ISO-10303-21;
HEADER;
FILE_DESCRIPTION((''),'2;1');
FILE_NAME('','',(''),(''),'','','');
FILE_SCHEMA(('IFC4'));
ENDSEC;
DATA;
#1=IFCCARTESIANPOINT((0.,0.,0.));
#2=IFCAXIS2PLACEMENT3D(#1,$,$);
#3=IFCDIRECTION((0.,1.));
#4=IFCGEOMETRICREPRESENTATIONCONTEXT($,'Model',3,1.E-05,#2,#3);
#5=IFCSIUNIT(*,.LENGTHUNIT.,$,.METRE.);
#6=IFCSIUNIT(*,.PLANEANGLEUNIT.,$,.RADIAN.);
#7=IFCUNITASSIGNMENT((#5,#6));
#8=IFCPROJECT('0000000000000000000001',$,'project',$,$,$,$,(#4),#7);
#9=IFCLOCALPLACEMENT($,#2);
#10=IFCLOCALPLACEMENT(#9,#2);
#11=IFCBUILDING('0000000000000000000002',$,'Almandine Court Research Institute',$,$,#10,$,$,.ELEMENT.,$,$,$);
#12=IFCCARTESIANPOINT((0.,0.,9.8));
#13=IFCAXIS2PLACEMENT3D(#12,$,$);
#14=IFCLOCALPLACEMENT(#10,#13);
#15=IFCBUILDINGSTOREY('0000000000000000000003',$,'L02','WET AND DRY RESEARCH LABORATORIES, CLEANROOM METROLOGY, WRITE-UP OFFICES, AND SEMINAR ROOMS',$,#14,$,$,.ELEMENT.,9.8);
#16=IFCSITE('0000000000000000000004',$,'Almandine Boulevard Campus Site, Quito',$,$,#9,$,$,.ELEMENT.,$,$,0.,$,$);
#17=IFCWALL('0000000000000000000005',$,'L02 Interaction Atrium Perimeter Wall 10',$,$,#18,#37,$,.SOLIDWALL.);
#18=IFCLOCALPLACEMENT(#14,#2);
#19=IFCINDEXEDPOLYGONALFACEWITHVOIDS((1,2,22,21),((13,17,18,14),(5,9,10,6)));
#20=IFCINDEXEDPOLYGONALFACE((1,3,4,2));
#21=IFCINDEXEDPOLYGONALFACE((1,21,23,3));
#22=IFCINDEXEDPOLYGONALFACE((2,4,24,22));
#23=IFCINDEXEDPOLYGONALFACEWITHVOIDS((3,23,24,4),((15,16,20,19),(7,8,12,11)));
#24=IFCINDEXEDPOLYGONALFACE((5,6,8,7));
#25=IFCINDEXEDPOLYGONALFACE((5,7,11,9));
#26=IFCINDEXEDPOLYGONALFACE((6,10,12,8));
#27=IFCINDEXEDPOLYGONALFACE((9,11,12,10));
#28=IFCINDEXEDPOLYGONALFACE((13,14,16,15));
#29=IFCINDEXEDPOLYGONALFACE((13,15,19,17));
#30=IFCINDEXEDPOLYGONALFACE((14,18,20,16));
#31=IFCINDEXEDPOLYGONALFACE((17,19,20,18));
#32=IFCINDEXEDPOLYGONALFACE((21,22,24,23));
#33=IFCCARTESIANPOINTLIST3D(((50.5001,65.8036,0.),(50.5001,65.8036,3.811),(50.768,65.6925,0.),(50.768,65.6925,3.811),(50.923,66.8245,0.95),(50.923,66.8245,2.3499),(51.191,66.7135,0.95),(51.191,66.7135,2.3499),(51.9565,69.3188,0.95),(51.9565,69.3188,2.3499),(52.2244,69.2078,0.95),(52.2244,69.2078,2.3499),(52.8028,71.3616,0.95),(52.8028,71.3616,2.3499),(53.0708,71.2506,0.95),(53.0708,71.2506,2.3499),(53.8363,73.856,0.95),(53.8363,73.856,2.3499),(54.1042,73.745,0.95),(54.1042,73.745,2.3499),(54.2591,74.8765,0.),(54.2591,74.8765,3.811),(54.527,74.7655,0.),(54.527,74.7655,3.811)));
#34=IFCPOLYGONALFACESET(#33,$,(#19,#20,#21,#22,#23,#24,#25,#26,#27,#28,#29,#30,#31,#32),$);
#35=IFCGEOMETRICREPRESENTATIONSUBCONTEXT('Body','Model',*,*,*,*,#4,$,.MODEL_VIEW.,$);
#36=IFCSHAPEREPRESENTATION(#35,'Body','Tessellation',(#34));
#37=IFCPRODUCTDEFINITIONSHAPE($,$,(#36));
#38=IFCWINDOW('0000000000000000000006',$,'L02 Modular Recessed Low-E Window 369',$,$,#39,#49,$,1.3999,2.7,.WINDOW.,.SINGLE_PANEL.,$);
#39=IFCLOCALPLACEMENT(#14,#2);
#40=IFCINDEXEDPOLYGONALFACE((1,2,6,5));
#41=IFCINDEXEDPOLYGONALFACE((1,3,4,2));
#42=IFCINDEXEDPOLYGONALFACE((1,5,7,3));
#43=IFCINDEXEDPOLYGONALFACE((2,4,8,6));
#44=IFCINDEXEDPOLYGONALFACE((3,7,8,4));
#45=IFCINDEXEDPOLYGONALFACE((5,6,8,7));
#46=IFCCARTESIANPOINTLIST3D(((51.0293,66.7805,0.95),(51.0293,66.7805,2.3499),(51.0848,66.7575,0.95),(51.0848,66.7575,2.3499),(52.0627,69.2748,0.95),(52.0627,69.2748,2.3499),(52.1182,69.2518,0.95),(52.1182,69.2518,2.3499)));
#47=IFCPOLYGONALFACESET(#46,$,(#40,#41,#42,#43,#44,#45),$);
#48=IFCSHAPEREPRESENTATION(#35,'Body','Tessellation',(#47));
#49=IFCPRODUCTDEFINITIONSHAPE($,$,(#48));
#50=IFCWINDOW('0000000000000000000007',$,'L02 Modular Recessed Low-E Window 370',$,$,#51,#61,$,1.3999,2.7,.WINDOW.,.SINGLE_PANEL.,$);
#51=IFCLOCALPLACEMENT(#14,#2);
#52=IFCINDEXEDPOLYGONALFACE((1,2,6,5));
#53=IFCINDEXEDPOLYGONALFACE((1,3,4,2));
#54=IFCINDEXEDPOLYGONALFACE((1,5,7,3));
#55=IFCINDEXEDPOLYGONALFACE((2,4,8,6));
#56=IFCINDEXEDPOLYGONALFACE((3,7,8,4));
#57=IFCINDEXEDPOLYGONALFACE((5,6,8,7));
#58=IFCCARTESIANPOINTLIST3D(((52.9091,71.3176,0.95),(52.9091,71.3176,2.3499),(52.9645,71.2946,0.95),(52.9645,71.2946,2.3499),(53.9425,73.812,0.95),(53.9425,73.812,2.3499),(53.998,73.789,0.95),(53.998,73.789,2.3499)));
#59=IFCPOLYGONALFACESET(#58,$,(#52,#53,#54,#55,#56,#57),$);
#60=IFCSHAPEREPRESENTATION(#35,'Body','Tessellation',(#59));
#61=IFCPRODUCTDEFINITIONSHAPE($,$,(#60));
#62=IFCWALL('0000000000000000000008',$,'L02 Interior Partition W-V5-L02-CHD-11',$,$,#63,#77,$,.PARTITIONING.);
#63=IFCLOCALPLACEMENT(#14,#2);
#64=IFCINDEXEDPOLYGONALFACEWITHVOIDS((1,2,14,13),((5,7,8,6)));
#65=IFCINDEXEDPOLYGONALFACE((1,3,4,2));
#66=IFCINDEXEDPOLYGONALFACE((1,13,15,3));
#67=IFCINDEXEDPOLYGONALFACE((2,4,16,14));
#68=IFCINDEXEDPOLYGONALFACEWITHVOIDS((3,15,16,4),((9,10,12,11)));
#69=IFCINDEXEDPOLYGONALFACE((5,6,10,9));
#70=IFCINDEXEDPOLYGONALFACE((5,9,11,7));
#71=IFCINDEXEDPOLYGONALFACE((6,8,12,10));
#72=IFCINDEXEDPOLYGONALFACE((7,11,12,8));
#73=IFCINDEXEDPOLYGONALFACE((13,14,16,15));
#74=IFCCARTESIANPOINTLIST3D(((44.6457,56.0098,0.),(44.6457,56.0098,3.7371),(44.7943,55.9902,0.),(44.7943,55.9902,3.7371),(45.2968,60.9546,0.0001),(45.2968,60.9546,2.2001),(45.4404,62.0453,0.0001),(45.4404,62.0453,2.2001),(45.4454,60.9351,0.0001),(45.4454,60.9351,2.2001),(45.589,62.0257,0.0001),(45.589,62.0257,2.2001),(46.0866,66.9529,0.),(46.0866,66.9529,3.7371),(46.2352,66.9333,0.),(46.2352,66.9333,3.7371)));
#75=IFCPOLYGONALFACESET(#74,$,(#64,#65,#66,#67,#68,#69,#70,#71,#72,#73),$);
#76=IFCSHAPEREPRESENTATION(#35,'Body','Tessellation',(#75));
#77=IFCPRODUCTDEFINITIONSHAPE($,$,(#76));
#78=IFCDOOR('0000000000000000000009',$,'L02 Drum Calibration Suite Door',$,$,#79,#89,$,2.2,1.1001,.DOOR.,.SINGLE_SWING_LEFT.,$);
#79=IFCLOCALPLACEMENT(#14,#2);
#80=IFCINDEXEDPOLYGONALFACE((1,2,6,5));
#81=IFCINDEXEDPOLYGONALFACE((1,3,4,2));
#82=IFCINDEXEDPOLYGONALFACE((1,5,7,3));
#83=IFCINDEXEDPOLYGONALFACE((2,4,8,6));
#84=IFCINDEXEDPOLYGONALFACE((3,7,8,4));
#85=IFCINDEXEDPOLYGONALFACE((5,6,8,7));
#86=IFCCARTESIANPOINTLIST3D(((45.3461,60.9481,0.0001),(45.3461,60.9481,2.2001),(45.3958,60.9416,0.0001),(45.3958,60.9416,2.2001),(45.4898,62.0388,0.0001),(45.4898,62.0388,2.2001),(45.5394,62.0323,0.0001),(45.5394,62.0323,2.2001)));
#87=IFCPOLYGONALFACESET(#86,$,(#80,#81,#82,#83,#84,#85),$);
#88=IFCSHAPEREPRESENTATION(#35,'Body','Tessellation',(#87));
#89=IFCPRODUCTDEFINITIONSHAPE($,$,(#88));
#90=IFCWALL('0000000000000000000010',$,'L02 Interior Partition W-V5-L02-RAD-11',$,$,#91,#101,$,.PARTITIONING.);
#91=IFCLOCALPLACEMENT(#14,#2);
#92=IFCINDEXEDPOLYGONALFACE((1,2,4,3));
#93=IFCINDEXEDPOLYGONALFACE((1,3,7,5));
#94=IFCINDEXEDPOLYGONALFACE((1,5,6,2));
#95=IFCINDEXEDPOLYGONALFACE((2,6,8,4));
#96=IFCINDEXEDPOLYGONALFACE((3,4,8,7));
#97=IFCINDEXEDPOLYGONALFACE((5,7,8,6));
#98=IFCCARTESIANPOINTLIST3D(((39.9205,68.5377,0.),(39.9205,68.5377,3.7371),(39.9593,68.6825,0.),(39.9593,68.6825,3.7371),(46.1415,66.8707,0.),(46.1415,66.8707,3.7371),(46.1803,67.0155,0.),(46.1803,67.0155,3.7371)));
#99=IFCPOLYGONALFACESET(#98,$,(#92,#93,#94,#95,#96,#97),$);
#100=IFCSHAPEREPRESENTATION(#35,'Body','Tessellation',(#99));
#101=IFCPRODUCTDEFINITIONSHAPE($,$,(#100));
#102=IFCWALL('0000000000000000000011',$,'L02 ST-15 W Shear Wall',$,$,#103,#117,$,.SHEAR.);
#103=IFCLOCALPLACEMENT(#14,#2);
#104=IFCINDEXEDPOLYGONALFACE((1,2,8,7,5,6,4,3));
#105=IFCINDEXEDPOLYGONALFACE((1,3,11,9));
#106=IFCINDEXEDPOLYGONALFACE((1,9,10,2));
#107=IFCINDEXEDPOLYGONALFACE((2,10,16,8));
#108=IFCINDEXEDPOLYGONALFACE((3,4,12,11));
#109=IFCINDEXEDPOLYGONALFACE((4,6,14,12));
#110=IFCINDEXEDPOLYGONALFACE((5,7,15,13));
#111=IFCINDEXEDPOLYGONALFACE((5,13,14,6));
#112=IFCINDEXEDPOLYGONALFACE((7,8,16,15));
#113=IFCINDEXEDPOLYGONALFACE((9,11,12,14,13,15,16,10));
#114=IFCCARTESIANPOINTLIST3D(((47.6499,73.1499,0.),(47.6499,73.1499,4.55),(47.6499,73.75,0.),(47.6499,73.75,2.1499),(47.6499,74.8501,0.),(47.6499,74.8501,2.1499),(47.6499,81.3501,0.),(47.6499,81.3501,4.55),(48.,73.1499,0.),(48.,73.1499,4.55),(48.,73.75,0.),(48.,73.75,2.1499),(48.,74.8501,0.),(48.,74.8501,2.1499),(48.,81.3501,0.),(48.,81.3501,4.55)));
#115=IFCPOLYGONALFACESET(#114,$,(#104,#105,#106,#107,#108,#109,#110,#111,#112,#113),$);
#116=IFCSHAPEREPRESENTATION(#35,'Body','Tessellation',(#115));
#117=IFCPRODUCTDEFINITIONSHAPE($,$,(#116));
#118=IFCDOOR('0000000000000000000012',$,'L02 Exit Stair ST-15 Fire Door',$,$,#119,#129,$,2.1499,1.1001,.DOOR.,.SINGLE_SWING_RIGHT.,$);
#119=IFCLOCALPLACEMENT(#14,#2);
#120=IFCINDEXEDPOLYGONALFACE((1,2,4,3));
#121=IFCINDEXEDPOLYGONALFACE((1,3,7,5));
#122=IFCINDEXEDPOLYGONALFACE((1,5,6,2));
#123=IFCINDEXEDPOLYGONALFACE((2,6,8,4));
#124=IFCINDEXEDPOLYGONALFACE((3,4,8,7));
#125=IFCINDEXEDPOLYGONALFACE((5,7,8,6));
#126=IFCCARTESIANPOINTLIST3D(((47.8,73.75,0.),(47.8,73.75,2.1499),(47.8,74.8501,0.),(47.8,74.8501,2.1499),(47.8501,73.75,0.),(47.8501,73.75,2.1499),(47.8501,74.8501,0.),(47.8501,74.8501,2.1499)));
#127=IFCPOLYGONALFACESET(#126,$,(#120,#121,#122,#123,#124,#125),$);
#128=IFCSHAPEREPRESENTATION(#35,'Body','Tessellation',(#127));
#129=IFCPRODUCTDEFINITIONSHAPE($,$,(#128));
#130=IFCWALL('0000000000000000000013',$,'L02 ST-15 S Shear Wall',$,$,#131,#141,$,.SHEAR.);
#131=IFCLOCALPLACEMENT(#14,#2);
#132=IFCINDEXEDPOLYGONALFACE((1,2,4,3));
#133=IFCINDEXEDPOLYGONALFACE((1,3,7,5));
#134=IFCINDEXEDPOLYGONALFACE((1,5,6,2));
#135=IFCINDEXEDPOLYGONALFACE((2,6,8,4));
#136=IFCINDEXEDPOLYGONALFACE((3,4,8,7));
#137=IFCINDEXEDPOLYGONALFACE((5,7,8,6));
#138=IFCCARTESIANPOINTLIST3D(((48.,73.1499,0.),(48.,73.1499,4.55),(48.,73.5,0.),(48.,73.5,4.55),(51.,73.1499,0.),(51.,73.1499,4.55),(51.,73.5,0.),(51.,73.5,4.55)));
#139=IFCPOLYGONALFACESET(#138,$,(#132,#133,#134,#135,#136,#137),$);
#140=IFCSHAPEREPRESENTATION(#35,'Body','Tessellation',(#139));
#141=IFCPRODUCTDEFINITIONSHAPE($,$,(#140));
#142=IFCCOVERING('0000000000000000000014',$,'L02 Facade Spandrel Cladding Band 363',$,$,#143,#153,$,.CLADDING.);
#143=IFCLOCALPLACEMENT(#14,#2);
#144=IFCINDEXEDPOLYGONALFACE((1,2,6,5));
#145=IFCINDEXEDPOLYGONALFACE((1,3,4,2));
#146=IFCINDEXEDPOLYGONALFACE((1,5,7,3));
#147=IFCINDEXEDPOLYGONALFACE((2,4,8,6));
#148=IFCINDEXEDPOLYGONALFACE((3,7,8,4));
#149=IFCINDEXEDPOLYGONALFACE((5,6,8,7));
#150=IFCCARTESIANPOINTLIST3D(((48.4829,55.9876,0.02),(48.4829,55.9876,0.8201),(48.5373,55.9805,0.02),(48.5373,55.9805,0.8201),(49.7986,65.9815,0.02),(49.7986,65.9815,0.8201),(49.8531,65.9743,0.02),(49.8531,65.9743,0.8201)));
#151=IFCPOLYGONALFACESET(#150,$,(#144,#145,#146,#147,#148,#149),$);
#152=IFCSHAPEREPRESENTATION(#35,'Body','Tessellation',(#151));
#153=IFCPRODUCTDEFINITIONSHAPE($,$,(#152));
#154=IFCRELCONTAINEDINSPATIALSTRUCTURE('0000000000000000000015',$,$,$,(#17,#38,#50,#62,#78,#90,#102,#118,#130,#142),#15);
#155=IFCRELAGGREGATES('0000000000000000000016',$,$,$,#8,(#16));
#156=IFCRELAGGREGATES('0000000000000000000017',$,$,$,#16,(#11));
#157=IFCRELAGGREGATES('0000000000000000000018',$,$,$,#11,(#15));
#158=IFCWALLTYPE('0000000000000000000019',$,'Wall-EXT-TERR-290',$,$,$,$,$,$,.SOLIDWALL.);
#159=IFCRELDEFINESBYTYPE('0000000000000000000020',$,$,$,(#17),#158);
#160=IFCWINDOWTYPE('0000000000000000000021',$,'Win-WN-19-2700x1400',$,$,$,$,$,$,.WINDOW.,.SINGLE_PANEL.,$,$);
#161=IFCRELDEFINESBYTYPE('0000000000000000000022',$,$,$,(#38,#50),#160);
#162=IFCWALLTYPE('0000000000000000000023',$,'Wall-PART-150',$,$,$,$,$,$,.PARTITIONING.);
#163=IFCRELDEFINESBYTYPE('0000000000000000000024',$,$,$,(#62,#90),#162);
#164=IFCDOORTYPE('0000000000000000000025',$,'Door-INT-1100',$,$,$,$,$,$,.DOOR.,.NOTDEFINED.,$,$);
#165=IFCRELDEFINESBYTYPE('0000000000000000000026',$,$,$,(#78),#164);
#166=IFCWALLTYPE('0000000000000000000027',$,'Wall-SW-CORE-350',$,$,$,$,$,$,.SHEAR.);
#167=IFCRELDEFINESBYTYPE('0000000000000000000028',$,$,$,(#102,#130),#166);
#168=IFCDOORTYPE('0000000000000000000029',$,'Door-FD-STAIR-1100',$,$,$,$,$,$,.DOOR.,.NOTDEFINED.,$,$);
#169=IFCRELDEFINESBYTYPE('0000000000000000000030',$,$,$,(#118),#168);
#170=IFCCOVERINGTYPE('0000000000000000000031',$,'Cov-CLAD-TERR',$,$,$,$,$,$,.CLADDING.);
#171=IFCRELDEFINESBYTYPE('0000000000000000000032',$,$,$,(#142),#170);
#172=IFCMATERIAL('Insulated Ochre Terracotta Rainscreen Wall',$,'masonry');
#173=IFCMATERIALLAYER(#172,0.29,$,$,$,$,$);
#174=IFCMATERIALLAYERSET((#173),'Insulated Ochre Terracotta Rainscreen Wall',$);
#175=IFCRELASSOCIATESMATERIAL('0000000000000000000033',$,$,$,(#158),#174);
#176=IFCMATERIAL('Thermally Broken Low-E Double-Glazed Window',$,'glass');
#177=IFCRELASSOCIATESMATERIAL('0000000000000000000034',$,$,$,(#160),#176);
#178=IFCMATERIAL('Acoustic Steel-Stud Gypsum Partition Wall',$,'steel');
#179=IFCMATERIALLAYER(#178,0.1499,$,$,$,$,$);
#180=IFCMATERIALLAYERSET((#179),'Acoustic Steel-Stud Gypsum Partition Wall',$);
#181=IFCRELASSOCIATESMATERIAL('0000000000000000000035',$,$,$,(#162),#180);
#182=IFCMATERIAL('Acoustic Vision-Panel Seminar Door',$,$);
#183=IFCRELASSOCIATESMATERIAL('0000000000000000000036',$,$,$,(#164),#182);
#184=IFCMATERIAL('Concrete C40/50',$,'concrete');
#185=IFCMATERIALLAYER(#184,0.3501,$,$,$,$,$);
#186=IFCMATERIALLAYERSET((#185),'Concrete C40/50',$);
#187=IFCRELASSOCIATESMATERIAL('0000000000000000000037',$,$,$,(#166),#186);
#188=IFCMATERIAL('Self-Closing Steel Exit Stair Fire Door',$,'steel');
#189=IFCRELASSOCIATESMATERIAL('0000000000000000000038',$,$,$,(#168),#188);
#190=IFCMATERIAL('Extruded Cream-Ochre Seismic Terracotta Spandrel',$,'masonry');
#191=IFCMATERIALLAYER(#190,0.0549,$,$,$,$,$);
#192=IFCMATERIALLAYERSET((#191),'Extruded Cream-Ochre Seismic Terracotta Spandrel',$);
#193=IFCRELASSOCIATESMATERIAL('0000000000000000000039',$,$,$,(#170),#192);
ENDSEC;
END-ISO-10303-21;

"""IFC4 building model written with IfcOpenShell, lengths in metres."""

from ifc_helpers import new_model, si_unit, direction, frame, frame_2d, origin, origin_2d, place, context, subcontext, project, spatial, rectangle, extrude, material, layer, layer_set, type_object, element, fill, save


model = new_model("IFC4")

# Units and contexts
model_context = context("Model", 3, precision=1e-05, world=origin(), true_north=direction((0.0, 1.0)))
body_context = subcontext(model_context, "Body", "Model", "MODEL_VIEW")
ifc_project = project(units=[si_unit("LENGTHUNIT", "METRE"), si_unit("PLANEANGLEUNIT", "RADIAN")], contexts=[model_context])

# Site, building, storey
site_placement = place(None, origin())
site = spatial("IfcSite", under=ifc_project, at=site_placement, Name="Almandine Boulevard Campus Site, Quito", CompositionType="ELEMENT", RefElevation=0.0)
building_placement = place(site_placement, origin())
building = spatial("IfcBuilding", under=site, at=building_placement, Name="Almandine Court Research Institute", CompositionType="ELEMENT")
storey_placement = place(building_placement, frame((0.0, 0.0, 9.8)))
storey = spatial("IfcBuildingStorey", under=building, at=storey_placement, Name="L02", Description="WET AND DRY RESEARCH LABORATORIES, CLEANROOM METROLOGY, WRITE-UP OFFICES, AND SEMINAR ROOMS", CompositionType="ELEMENT", Elevation=9.8)

# Shared definitions
ifc_material_1 = material(Name="Insulated Ochre Terracotta Rainscreen Wall", Category="masonry")
ifc_layer_1 = layer(ifc_material_1, 0.29)
ifc_layer_set_1 = layer_set([ifc_layer_1], Name="Insulated Ochre Terracotta Rainscreen Wall")
wall_type_1 = type_object("IfcWallType", Name="Wall-EXT-TERR-290", PredefinedType="SOLIDWALL", material=ifc_layer_set_1)
ifc_material_2 = material(Name="Thermally Broken Low-E Double-Glazed Window", Category="glass")

# Wall, openings, windows
wall_1_placement = place(storey_placement, frame((50.634, 65.748, 0.0), z_axis=(0.0, 0.0, 1.0), x_axis=(0.382759, 0.923848, 0.0)))
wall_1 = element("IfcWall", 1, at=wall_1_placement, inside=storey, type_object=wall_type_1, Name="L02 Interaction Atrium Perimeter Wall 10", PredefinedType="SOLIDWALL", context=body_context, shape_type="SweptSolid", body=[
    extrude(rectangle(XDim=9.8208, YDim=0.29, at=frame_2d((4.9104, 0.0))), origin(), (0.0, 0.0, 1.0), 3.811),
])
opening_1_placement = place(wall_1_placement, frame((1.105, 0.0, 0.95)))
opening_1 = element("IfcOpeningElement", 2, at=opening_1_placement, cuts=wall_1, PredefinedType="OPENING", context=body_context, shape_type="SweptSolid", body=[
    extrude(rectangle(XDim=2.7, YDim=1.3999, at=frame_2d((1.3501, 0.7))), frame((0.0, 0.155, 0.0), z_axis=(0.0, -1.0, 0.0), x_axis=(1.0, 0.0, 0.0)), (0.0, 0.0, 1.0), 0.3101),
])
opening_2_placement = place(wall_1_placement, frame((6.0161, 0.0, 0.95)))
opening_2 = element("IfcOpeningElement", 3, at=opening_2_placement, cuts=wall_1, PredefinedType="OPENING", context=body_context, shape_type="SweptSolid", body=[
    extrude(rectangle(XDim=2.7, YDim=1.3999, at=frame_2d((1.3501, 0.7))), frame((0.0, 0.155, 0.0), z_axis=(0.0, -1.0, 0.0), x_axis=(1.0, 0.0, 0.0)), (0.0, 0.0, 1.0), 0.3101),
])
window_type_1 = type_object("IfcWindowType", Name="Win-WN-19-2700x1400", PartitioningType="SINGLE_PANEL", PredefinedType="WINDOW", material=ifc_material_2)
window_1_placement = place(opening_1_placement, origin())
window_1 = element("IfcWindow", 4, at=window_1_placement, inside=storey, type_object=window_type_1, Name="L02 Modular Recessed Low-E Window 369", OverallHeight=1.3999, OverallWidth=2.7, PartitioningType="SINGLE_PANEL", PredefinedType="WINDOW", context=body_context, shape_type="SweptSolid", body=[
    extrude(rectangle(XDim=2.7, YDim=1.3999, at=frame_2d((1.3501, 0.7))), frame((0.0, 0.03, 0.0), z_axis=(0.0, -1.0, 0.0), x_axis=(1.0, 0.0, 0.0)), (0.0, 0.0, 1.0), 0.0601),
])
fill(opening_1, window_1)
window_2_placement = place(opening_2_placement, origin())
window_2 = element("IfcWindow", 5, at=window_2_placement, inside=storey, type_object=window_type_1, Name="L02 Modular Recessed Low-E Window 370", OverallHeight=1.3999, OverallWidth=2.7, PartitioningType="SINGLE_PANEL", PredefinedType="WINDOW", context=body_context, shape_type="SweptSolid", body=[
    extrude(rectangle(XDim=2.7, YDim=1.3999, at=frame_2d((1.3501, 0.7))), frame((0.0, 0.03, 0.0), z_axis=(0.0, -1.0, 0.0), x_axis=(1.0, 0.0, 0.0)), (0.0, 0.0, 1.0), 0.0601),
])
fill(opening_2, window_2)

# Wall, opening, door
ifc_material_3 = material(Name="Acoustic Steel-Stud Gypsum Partition Wall", Category="steel")
ifc_layer_2 = layer(ifc_material_3, 0.1499)
ifc_layer_set_2 = layer_set([ifc_layer_2], Name="Acoustic Steel-Stud Gypsum Partition Wall")
wall_type_2 = type_object("IfcWallType", Name="Wall-PART-150", PredefinedType="PARTITIONING", material=ifc_layer_set_2)
wall_2_placement = place(storey_placement, frame((46.1609, 66.9431, 0.0), z_axis=(0.0, 0.0, 1.0), x_axis=(-0.130547, -0.991442, 0.0)))
wall_2 = element("IfcWall", 6, at=wall_2_placement, inside=storey, type_object=wall_type_2, Name="L02 Interior Partition W-V5-L02-CHD-11", PredefinedType="PARTITIONING", context=body_context, shape_type="SweptSolid", body=[
    extrude(rectangle(XDim=11.0376, YDim=0.1499, at=frame_2d((5.5188, 0.0))), origin(), (0.0, 0.0, 1.0), 3.7371),
])
opening_3_placement = place(wall_2_placement, frame((4.95, 0.0, 0.0)))
opening_3 = element("IfcOpeningElement", 7, at=opening_3_placement, cuts=wall_2, PredefinedType="OPENING", context=body_context, shape_type="SweptSolid", body=[
    extrude(rectangle(XDim=1.1001, YDim=2.2, at=frame_2d((0.55, 1.1001))), frame((0.0, 0.085, 0.0), z_axis=(0.0, -1.0, 0.0), x_axis=(1.0, 0.0, 0.0)), (0.0, 0.0, 1.0), 0.1699),
])
ifc_material_4 = material(Name="Acoustic Vision-Panel Seminar Door")
door_type_1 = type_object("IfcDoorType", Name="Door-INT-1100", OperationType="NOTDEFINED", PredefinedType="DOOR", material=ifc_material_4)
door_1_placement = place(opening_3_placement, origin())
door_1 = element("IfcDoor", 8, at=door_1_placement, inside=storey, type_object=door_type_1, Name="L02 Drum Calibration Suite Door", OperationType="SINGLE_SWING_LEFT", OverallHeight=2.2, OverallWidth=1.1001, PredefinedType="DOOR", context=body_context, shape_type="SweptSolid", body=[
    extrude(rectangle(XDim=1.1001, YDim=2.2, at=frame_2d((0.55, 1.1001))), frame((0.0, 0.0249, 0.0), z_axis=(0.0, -1.0, 0.0), x_axis=(1.0, 0.0, 0.0)), (0.0, 0.0, 1.0), 0.05),
])
fill(opening_3, door_1)

# Wall
wall_3_placement = place(storey_placement, frame((46.1609, 66.9431, 0.0), z_axis=(0.0, 0.0, 1.0), x_axis=(-0.965922, 0.258833, 0.0)))
element("IfcWall", 9, at=wall_3_placement, inside=storey, type_object=wall_type_2, Name="L02 Interior Partition W-V5-L02-RAD-11", PredefinedType="PARTITIONING", context=body_context, shape_type="SweptSolid", body=[
    extrude(rectangle(XDim=6.4404, YDim=0.1499, at=frame_2d((3.2202, 0.0))), origin(), (0.0, 0.0, 1.0), 3.7371),
])

# Wall, opening, door
ifc_material_5 = material(Name="Concrete C40/50", Category="concrete")
ifc_layer_3 = layer(ifc_material_5, 0.3501)
ifc_layer_set_3 = layer_set([ifc_layer_3], Name="Concrete C40/50")
wall_type_3 = type_object("IfcWallType", Name="Wall-SW-CORE-350", PredefinedType="SHEAR", material=ifc_layer_set_3)
wall_4_placement = place(storey_placement, frame((47.825, 73.1499, 0.0), z_axis=(0.0, 0.0, 1.0), x_axis=(0.0, 1.0, 0.0)))
wall_4 = element("IfcWall", 10, at=wall_4_placement, inside=storey, type_object=wall_type_3, Name="L02 ST-15 W Shear Wall", PredefinedType="SHEAR", context=body_context, shape_type="SweptSolid", body=[
    extrude(rectangle(XDim=8.2002, YDim=0.3501, at=frame_2d((4.1001, 0.0))), origin(), (0.0, 0.0, 1.0), 4.55),
])
opening_4_placement = place(wall_4_placement, frame((0.6001, 0.0, 0.0)))
opening_4 = element("IfcOpeningElement", 11, at=opening_4_placement, cuts=wall_4, PredefinedType="OPENING", context=body_context, shape_type="SweptSolid", body=[
    extrude(rectangle(XDim=1.1001, YDim=2.1499, at=frame_2d((0.55, 1.075))), frame((0.0, 0.1851, 0.0), z_axis=(0.0, -1.0, 0.0), x_axis=(1.0, 0.0, 0.0)), (0.0, 0.0, 1.0), 0.3701),
])
ifc_material_6 = material(Name="Self-Closing Steel Exit Stair Fire Door", Category="steel")
door_type_2 = type_object("IfcDoorType", Name="Door-FD-STAIR-1100", OperationType="NOTDEFINED", PredefinedType="DOOR", material=ifc_material_6)
door_2_placement = place(opening_4_placement, origin())
door_2 = element("IfcDoor", 12, at=door_2_placement, inside=storey, type_object=door_type_2, Name="L02 Exit Stair ST-15 Fire Door", OperationType="SINGLE_SWING_RIGHT", OverallHeight=2.1499, OverallWidth=1.1001, PredefinedType="DOOR", context=body_context, shape_type="SweptSolid", body=[
    extrude(rectangle(XDim=1.1001, YDim=2.1499, at=frame_2d((0.55, 1.075))), frame((0.0, 0.0249, 0.0), z_axis=(0.0, -1.0, 0.0), x_axis=(1.0, 0.0, 0.0)), (0.0, 0.0, 1.0), 0.05),
])
fill(opening_4, door_2)

# Wall
wall_5_placement = place(storey_placement, frame((51.0, 73.325, 0.0), z_axis=(0.0, 0.0, 1.0), x_axis=(-1.0, 0.0, 0.0)))
element("IfcWall", 13, at=wall_5_placement, inside=storey, type_object=wall_type_3, Name="L02 ST-15 S Shear Wall", PredefinedType="SHEAR", context=body_context, shape_type="SweptSolid", body=[
    extrude(rectangle(XDim=3.0, YDim=0.3501, at=frame_2d((1.5, 0.0))), origin(), (0.0, 0.0, 1.0), 4.55),
])

# Covering
ifc_material_7 = material(Name="Extruded Cream-Ochre Seismic Terracotta Spandrel", Category="masonry")
ifc_layer_4 = layer(ifc_material_7, 0.0549)
ifc_layer_set_4 = layer_set([ifc_layer_4], Name="Extruded Cream-Ochre Seismic Terracotta Spandrel")
covering_type = type_object("IfcCoveringType", Name="Cov-CLAD-TERR", PredefinedType="CLADDING", material=ifc_layer_set_4)
covering_placement = place(storey_placement, frame((49.168, 60.981, 0.02), z_axis=(0.0, 0.0, 1.0), x_axis=(-0.130526, -0.991445, 0.0)))
element("IfcCovering", 14, at=covering_placement, inside=storey, type_object=covering_type, Name="L02 Facade Spandrel Cladding Band 363", PredefinedType="CLADDING", context=body_context, shape_type="SweptSolid", body=[
    extrude(rectangle(XDim=10.0801, YDim=0.0549, at=origin_2d()), origin(), (0.0, 0.0, 1.0), 0.8),
])

save(model, "model.ifc")
